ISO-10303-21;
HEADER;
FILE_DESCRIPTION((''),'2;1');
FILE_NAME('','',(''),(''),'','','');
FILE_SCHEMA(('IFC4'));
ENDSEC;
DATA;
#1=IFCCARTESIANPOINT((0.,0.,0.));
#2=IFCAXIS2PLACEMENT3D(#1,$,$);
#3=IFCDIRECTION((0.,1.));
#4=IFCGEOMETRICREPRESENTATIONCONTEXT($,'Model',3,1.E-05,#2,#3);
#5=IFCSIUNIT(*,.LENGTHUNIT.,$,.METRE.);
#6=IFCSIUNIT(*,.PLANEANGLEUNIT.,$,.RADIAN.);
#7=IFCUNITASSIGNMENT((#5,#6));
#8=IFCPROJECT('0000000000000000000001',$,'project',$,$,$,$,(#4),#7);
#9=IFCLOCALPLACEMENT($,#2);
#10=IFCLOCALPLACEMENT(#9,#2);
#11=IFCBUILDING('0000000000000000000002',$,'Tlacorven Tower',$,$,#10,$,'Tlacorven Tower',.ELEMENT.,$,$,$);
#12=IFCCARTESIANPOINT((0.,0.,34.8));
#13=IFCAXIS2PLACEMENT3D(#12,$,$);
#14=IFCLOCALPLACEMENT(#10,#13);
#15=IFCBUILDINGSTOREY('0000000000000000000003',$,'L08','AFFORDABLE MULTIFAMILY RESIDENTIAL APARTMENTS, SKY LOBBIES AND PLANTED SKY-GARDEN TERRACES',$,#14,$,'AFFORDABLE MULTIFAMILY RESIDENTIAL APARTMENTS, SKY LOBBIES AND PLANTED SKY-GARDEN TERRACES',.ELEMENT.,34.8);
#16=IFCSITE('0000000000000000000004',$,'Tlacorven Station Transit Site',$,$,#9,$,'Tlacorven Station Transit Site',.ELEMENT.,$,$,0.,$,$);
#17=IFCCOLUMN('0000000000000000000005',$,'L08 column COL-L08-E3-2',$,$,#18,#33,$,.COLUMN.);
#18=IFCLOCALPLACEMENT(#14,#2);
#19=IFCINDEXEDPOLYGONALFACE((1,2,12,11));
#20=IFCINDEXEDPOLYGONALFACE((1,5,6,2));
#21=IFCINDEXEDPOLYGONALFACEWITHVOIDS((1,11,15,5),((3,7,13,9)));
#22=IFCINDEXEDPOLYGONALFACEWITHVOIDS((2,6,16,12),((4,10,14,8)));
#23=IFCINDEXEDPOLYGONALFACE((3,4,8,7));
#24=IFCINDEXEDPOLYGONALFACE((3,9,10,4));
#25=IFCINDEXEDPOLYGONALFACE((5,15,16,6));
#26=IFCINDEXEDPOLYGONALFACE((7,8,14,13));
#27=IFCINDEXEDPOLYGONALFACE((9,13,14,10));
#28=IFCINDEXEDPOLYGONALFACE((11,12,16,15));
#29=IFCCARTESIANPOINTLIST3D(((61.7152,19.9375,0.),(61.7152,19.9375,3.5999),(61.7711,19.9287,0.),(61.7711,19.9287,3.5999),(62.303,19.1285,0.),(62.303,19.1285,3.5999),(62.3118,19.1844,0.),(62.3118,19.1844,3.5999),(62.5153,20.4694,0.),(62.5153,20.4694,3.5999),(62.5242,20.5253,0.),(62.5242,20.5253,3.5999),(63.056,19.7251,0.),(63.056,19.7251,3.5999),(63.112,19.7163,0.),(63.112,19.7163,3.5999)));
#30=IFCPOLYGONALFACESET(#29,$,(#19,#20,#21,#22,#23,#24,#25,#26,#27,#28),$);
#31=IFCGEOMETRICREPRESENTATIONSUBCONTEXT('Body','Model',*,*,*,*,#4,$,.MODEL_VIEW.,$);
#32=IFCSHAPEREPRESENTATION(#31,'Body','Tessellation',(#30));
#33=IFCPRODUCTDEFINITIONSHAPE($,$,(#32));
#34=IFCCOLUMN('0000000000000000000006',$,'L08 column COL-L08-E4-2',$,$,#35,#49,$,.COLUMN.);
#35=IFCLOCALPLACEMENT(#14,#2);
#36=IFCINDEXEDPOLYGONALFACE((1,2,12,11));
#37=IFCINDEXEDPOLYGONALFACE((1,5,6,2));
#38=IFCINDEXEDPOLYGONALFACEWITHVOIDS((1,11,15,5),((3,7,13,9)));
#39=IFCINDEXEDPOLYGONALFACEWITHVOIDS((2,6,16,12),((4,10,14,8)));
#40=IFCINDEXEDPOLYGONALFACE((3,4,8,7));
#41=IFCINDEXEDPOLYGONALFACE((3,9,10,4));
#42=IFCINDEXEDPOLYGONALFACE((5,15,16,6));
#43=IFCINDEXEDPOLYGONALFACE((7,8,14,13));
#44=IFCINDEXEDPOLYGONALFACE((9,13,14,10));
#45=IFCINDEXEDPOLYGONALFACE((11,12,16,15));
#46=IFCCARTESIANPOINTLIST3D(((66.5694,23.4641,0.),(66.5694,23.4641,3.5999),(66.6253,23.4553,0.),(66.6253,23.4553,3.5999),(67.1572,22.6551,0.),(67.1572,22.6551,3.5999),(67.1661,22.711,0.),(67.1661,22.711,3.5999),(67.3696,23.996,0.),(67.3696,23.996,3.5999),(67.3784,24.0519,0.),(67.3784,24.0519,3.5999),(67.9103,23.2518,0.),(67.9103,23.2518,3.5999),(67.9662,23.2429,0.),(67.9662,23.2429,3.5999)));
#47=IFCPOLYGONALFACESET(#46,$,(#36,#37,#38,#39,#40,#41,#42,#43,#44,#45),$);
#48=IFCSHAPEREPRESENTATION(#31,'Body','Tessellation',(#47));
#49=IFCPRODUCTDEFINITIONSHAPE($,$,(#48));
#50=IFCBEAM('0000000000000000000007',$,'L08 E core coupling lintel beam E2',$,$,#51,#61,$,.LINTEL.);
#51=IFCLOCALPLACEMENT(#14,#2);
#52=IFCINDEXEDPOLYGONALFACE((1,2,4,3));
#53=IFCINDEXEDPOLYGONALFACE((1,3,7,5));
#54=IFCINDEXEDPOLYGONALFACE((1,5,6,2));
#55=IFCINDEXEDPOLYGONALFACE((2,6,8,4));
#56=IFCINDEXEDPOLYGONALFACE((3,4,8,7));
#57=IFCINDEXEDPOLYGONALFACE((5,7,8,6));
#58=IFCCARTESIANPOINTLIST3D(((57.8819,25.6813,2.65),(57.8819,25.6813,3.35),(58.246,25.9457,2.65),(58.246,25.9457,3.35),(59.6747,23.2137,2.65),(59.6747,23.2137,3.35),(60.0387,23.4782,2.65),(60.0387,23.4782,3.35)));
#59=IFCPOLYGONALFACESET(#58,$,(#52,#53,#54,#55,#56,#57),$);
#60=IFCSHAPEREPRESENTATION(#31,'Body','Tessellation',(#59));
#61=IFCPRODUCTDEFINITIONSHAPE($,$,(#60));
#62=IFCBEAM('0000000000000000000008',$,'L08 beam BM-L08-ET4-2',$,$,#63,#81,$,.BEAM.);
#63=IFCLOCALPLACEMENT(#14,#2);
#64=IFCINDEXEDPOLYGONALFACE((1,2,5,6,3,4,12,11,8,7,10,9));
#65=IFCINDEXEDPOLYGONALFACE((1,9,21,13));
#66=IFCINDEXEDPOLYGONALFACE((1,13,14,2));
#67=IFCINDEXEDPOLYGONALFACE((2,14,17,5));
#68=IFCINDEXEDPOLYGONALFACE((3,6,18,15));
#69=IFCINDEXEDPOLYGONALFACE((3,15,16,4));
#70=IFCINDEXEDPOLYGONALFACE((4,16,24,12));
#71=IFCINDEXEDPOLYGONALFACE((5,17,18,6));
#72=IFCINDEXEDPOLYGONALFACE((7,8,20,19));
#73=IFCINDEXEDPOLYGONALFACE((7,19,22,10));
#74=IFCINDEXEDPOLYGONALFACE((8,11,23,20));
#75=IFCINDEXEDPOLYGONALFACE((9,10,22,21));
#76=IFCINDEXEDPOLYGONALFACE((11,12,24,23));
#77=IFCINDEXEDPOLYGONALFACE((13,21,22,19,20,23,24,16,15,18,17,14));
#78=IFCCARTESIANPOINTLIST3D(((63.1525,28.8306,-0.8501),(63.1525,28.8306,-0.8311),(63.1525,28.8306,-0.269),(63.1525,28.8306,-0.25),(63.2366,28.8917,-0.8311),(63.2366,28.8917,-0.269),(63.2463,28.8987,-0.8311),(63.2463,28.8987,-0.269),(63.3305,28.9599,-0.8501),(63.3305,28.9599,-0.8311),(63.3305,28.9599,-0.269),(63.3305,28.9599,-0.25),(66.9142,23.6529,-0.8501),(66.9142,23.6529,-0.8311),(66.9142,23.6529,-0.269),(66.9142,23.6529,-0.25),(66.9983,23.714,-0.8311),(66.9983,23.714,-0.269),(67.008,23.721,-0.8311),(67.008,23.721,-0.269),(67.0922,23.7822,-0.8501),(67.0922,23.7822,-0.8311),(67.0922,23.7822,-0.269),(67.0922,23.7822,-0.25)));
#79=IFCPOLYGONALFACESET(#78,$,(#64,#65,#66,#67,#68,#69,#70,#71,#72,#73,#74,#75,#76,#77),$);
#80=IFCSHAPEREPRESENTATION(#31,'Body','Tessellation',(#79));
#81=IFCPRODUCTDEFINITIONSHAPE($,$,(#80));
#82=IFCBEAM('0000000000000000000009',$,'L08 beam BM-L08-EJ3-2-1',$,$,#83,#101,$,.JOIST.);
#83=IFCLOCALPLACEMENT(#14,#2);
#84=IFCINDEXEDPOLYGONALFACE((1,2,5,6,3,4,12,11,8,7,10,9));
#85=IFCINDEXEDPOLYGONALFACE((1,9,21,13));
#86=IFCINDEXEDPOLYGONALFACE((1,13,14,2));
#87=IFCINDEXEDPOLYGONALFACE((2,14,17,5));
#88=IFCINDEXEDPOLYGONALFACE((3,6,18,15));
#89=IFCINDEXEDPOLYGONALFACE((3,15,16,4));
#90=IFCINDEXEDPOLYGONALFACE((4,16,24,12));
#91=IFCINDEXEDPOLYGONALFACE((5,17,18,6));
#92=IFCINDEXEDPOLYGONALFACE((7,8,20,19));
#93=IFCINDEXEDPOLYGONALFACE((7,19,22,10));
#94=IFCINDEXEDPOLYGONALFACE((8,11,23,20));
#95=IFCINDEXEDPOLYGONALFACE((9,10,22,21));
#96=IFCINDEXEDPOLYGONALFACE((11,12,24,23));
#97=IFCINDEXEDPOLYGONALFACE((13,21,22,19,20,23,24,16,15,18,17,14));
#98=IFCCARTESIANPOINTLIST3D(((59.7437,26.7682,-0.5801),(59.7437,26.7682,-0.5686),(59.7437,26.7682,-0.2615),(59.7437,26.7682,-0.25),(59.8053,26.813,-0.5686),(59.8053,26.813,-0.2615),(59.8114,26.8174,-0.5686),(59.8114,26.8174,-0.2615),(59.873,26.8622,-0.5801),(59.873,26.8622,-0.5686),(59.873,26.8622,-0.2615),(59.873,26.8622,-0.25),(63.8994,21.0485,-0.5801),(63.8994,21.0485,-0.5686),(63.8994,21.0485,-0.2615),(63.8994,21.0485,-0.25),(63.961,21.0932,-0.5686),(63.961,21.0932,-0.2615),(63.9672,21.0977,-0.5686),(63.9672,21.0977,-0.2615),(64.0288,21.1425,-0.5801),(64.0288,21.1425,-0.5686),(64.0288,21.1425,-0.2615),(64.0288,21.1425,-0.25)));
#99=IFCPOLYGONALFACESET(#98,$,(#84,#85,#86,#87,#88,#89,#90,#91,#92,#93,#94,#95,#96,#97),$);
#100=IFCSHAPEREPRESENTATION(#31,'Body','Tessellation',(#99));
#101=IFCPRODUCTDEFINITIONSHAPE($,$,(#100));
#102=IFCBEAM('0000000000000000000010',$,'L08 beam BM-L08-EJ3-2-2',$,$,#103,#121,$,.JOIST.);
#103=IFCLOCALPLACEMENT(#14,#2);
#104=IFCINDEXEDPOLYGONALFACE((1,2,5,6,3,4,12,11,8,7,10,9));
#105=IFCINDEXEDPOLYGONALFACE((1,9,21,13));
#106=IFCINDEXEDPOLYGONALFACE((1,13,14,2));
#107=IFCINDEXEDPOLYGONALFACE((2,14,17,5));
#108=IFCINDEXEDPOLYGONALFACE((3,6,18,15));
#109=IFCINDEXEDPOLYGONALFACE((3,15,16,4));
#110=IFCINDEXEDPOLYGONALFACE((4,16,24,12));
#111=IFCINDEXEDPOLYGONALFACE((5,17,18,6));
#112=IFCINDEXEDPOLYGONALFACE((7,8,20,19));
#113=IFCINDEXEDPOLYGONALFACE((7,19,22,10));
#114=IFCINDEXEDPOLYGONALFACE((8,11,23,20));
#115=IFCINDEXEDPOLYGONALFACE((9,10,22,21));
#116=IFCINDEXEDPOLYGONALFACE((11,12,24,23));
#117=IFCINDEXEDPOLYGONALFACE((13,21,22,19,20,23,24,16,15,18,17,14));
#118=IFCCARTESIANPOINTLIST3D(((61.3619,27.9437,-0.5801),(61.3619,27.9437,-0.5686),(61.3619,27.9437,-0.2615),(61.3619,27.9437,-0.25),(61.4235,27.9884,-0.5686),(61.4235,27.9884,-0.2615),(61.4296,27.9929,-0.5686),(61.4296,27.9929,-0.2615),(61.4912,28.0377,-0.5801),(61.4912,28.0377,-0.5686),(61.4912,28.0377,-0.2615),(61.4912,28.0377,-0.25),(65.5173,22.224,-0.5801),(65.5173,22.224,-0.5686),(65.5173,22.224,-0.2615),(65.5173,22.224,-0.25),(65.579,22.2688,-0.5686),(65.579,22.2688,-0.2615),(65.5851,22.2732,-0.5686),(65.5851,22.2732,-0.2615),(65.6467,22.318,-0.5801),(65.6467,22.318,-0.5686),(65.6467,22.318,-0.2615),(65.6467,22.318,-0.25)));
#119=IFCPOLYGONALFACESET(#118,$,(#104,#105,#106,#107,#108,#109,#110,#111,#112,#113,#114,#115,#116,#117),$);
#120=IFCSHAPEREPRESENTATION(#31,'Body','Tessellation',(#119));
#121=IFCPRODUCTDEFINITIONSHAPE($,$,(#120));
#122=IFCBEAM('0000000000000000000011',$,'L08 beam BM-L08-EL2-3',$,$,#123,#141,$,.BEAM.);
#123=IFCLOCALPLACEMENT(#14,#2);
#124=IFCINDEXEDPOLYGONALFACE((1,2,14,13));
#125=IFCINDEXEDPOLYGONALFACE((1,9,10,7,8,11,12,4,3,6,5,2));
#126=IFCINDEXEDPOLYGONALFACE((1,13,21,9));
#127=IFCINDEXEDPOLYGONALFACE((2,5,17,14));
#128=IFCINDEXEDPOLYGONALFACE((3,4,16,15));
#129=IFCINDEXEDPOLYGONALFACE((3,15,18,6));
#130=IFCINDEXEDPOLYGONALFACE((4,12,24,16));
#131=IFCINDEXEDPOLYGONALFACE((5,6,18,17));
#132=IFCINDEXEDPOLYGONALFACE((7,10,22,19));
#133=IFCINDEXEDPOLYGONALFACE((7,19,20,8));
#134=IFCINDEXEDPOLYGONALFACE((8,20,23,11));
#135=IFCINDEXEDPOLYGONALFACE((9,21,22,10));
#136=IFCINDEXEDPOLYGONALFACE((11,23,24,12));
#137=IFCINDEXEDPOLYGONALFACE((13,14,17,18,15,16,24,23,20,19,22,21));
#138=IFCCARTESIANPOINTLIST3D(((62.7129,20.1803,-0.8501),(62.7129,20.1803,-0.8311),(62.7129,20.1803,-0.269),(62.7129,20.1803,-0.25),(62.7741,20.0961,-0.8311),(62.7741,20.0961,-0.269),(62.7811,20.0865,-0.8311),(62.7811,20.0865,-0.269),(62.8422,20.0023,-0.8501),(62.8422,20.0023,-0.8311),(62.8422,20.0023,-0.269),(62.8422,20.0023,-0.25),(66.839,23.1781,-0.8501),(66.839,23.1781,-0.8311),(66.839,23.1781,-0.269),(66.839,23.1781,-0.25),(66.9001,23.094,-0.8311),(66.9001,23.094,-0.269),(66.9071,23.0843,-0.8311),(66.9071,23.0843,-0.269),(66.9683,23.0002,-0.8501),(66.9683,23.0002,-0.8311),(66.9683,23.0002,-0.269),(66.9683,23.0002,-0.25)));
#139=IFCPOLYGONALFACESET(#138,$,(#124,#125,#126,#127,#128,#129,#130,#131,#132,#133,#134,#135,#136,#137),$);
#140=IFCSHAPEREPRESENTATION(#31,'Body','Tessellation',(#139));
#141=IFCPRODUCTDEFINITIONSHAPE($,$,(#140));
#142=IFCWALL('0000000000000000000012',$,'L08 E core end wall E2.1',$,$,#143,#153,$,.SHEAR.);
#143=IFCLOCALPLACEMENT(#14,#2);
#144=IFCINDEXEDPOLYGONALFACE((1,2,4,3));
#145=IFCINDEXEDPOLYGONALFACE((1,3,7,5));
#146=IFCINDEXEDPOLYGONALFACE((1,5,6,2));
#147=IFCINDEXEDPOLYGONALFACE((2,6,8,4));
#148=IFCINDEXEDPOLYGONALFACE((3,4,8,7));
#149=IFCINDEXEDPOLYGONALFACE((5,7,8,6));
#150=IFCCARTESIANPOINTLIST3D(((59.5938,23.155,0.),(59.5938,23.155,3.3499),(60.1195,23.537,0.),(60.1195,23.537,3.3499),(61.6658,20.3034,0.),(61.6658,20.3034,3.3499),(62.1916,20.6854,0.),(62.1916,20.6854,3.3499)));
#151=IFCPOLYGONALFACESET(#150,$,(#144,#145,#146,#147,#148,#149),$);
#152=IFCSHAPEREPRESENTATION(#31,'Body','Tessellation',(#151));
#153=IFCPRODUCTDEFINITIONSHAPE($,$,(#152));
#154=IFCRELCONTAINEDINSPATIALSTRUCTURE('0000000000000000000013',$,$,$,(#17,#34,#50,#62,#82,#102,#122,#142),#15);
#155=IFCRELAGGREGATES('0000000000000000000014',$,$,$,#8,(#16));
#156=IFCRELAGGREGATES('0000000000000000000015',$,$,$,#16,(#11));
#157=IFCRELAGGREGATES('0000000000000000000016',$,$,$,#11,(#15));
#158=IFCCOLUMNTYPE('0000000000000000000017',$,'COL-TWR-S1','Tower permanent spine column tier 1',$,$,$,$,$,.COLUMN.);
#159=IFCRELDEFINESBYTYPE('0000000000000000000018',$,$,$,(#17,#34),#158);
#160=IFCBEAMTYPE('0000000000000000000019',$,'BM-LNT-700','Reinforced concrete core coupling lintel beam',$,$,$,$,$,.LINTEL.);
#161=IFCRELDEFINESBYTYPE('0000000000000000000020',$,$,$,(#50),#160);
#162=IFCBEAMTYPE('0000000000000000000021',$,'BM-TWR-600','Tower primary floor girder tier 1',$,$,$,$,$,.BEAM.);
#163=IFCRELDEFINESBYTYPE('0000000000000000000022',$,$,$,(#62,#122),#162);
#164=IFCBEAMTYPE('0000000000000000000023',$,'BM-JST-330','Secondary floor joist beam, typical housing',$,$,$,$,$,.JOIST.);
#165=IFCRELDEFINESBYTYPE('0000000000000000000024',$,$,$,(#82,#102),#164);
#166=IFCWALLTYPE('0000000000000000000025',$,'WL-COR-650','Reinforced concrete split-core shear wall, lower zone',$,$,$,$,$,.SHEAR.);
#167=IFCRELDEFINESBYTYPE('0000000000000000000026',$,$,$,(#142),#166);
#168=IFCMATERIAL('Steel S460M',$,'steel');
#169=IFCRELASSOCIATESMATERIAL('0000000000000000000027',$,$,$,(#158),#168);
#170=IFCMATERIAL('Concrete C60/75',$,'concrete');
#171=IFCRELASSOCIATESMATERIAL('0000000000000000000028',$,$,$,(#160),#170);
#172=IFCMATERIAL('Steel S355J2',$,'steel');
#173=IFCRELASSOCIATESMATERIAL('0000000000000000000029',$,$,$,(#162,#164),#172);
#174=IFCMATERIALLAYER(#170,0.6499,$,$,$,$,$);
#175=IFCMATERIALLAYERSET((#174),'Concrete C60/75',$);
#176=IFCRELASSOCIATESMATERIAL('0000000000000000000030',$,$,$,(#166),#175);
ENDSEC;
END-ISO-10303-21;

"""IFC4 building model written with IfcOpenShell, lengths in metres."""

from ifc_helpers import new_model, si_unit, direction, frame, frame_2d, origin, origin_2d, place, context, subcontext, project, spatial, rectangle, hollow_rectangle, i_section, extrude, source, transform, mapped, material, layer, layer_set, material_profile, profile_set, type_object, element, save


model = new_model("IFC4")

# Units and contexts
model_context = context("Model", 3, precision=1e-05, world=origin(), true_north=direction((0.0, 1.0)))
body_context = subcontext(model_context, "Body", "Model", "MODEL_VIEW")
ifc_project = project(units=[si_unit("LENGTHUNIT", "METRE"), si_unit("PLANEANGLEUNIT", "RADIAN")], contexts=[model_context])

# Site, building, storey
site_placement = place(None, origin())
site = spatial("IfcSite", under=ifc_project, at=site_placement, Name="Tlacorven Station Transit Site", LongName="Tlacorven Station Transit Site", CompositionType="ELEMENT", RefElevation=0.0)
building_placement = place(site_placement, origin())
building = spatial("IfcBuilding", under=site, at=building_placement, Name="Tlacorven Tower", LongName="Tlacorven Tower", CompositionType="ELEMENT")
storey_placement = place(building_placement, frame((0.0, 0.0, 34.8)))
storey = spatial("IfcBuildingStorey", under=building, at=storey_placement, Name="L08", Description="AFFORDABLE MULTIFAMILY RESIDENTIAL APARTMENTS, SKY LOBBIES AND PLANTED SKY-GARDEN TERRACES", LongName="AFFORDABLE MULTIFAMILY RESIDENTIAL APARTMENTS, SKY LOBBIES AND PLANTED SKY-GARDEN TERRACES", CompositionType="ELEMENT", Elevation=34.8)

# Columns
ifc_material_1 = material(Name="Steel S460M", Category="steel")
ifc_material_profile_1 = material_profile(ifc_material_1, hollow_rectangle(XDim=1.0, YDim=1.0, WallThickness=0.04, at=origin_2d()), Name="BOX 1000X1000X40")
ifc_profile_set_1 = profile_set([ifc_material_profile_1], Name="Steel S460M")
column_type = type_object("IfcColumnType", Name="COL-TWR-S1", Description="Tower permanent spine column tier 1", PredefinedType="COLUMN", material=ifc_profile_set_1)
shared_shape_1 = source(origin(), body_context, "Body", "SweptSolid", [
    extrude(hollow_rectangle(XDim=1.0, YDim=1.0, WallThickness=0.04, at=origin_2d()), origin(), (0.0, 0.0, 1.0), 3.5999),
])
for number, where, z_axis, x_axis, name in (
    (1, (62.4136, 19.8269, 0.0), (0.0, 0.0, 1.0), (0.809017, 0.587785, 0.0), "L08 column COL-L08-E3-2"),
    (2, (67.2678, 23.3535, 0.0), (0.0, 0.0, 1.0), (0.809017, 0.587785, 0.0), "L08 column COL-L08-E4-2"),
):
    element("IfcColumn", number, at=place(storey_placement, frame(where, z_axis=z_axis, x_axis=x_axis)), inside=storey, type_object=column_type, Name=name, PredefinedType="COLUMN", context=body_context, shape_type="MappedRepresentation", body=[
        mapped(shared_shape_1, transform((0.0, 0.0, 0.0), scale=1.0)),
    ])

# Beams
ifc_material_2 = material(Name="Concrete C60/75", Category="concrete")
ifc_material_profile_2 = material_profile(ifc_material_2, rectangle(XDim=0.45, YDim=0.7, at=origin_2d()), Name="RC 450X700")
ifc_profile_set_2 = profile_set([ifc_material_profile_2], Name="Concrete C60/75")
beam_type_1 = type_object("IfcBeamType", Name="BM-LNT-700", Description="Reinforced concrete core coupling lintel beam", PredefinedType="LINTEL", material=ifc_profile_set_2)
shared_shape_2 = source(origin(), body_context, "Body", "SweptSolid", [
    extrude(rectangle(XDim=0.45, YDim=0.7, at=origin_2d()), origin(), (0.0, 0.0, 1.0), 3.05),
])
beam_1_placement = place(storey_placement, frame((59.8567, 23.3459, 3.0), z_axis=(-0.587777, 0.809023, 0.0), x_axis=(-0.809023, -0.587777, 0.0)))
element("IfcBeam", 3, at=beam_1_placement, inside=storey, type_object=beam_type_1, Name="L08 E core coupling lintel beam E2", PredefinedType="LINTEL", context=body_context, shape_type="MappedRepresentation", body=[
    mapped(shared_shape_2, transform((0.0, 0.0, 0.0), scale=1.0)),
])
ifc_material_3 = material(Name="Steel S355J2", Category="steel")
ifc_material_profile_3 = material_profile(ifc_material_3, i_section(OverallWidth=0.22, OverallDepth=0.6001, WebThickness=0.012, FlangeThickness=0.019, at=origin_2d()), Name="IPE 600")
ifc_profile_set_3 = profile_set([ifc_material_profile_3], Name="Steel S355J2")
beam_type_2 = type_object("IfcBeamType", Name="BM-TWR-600", Description="Tower primary floor girder tier 1", PredefinedType="BEAM", material=ifc_profile_set_3)
shared_shape_3 = source(origin(), body_context, "Body", "SweptSolid", [
    extrude(i_section(OverallWidth=0.22, OverallDepth=0.6001, WebThickness=0.012, FlangeThickness=0.019, at=origin_2d()), origin(), (0.0, 0.0, 1.0), 6.3999),
])
beam_2_placement = place(storey_placement, frame((67.0032, 23.7175, -0.55), z_axis=(-0.587772, 0.809026, 0.0), x_axis=(-0.809026, -0.587772, 0.0)))
element("IfcBeam", 4, at=beam_2_placement, inside=storey, type_object=beam_type_2, Name="L08 beam BM-L08-ET4-2", PredefinedType="BEAM", context=body_context, shape_type="MappedRepresentation", body=[
    mapped(shared_shape_3, transform((0.0, 0.0, 0.0), scale=1.0)),
])
ifc_material_profile_4 = material_profile(ifc_material_3, i_section(OverallWidth=0.1599, OverallDepth=0.3301, WebThickness=0.0076, FlangeThickness=0.0115, at=origin_2d()), Name="IPE 330")
ifc_profile_set_4 = profile_set([ifc_material_profile_4], Name="Steel S355J2")
beam_type_3 = type_object("IfcBeamType", Name="BM-JST-330", Description="Secondary floor joist beam, typical housing", PredefinedType="JOIST", material=ifc_profile_set_4)
shared_shape_4 = source(origin(), body_context, "Body", "SweptSolid", [
    extrude(i_section(OverallWidth=0.1599, OverallDepth=0.3301, WebThickness=0.0076, FlangeThickness=0.0115, at=origin_2d()), origin(), (0.0, 0.0, 1.0), 7.0701),
])
beam_3_placement = place(storey_placement, frame((63.9641, 21.0955, -0.415), z_axis=(-0.587798, 0.809008, 0.0), x_axis=(-0.809008, -0.587798, 0.0)))
element("IfcBeam", 5, at=beam_3_placement, inside=storey, type_object=beam_type_3, Name="L08 beam BM-L08-EJ3-2-1", PredefinedType="JOIST", context=body_context, shape_type="MappedRepresentation", body=[
    mapped(shared_shape_4, transform((0.0, 0.0, 0.0), scale=1.0)),
])
shared_shape_5 = source(origin(), body_context, "Body", "SweptSolid", [
    extrude(i_section(OverallWidth=0.1599, OverallDepth=0.3301, WebThickness=0.0076, FlangeThickness=0.0115, at=origin_2d()), origin(), (0.0, 0.0, 1.0), 7.0698),
])
beam_4_placement = place(storey_placement, frame((65.582, 22.271, -0.415), z_axis=(-0.587775, 0.809024, 0.0), x_axis=(-0.809024, -0.587775, 0.0)))
element("IfcBeam", 6, at=beam_4_placement, inside=storey, type_object=beam_type_3, Name="L08 beam BM-L08-EJ3-2-2", PredefinedType="JOIST", context=body_context, shape_type="MappedRepresentation", body=[
    mapped(shared_shape_5, transform((0.0, 0.0, 0.0), scale=1.0)),
])
shared_shape_6 = source(origin(), body_context, "Body", "SweptSolid", [
    extrude(i_section(OverallWidth=0.22, OverallDepth=0.6001, WebThickness=0.012, FlangeThickness=0.019, at=origin_2d()), origin(), (0.0, 0.0, 1.0), 5.1001),
])
beam_5_placement = place(storey_placement, frame((62.7776, 20.0913, -0.55), z_axis=(0.809007, 0.587799, 0.0), x_axis=(-0.587799, 0.809007, 0.0)))
element("IfcBeam", 7, at=beam_5_placement, inside=storey, type_object=beam_type_2, Name="L08 beam BM-L08-EL2-3", PredefinedType="BEAM", context=body_context, shape_type="MappedRepresentation", body=[
    mapped(shared_shape_6, transform((0.0, 0.0, 0.0), scale=1.0)),
])

# Wall
ifc_layer_1 = layer(ifc_material_2, 0.6499)
ifc_layer_set_1 = layer_set([ifc_layer_1], Name="Concrete C60/75")
wall_type_1 = type_object("IfcWallType", Name="WL-COR-650", Description="Reinforced concrete split-core shear wall, lower zone", PredefinedType="SHEAR", material=ifc_layer_set_1)
wall_1_placement = place(storey_placement, frame((61.9287, 20.4944, 0.0), z_axis=(0.0, 0.0, 1.0), x_axis=(-0.58783, 0.808985, 0.0)))
element("IfcWall", 8, at=wall_1_placement, inside=storey, type_object=wall_type_1, Name="L08 E core end wall E2.1", PredefinedType="SHEAR", context=body_context, shape_type="SweptSolid", body=[
    extrude(rectangle(XDim=3.5249, YDim=0.6499, at=frame_2d((1.7625, 0.0))), origin(), (0.0, 0.0, 1.0), 3.3499),
])

save(model, "model.ifc")
